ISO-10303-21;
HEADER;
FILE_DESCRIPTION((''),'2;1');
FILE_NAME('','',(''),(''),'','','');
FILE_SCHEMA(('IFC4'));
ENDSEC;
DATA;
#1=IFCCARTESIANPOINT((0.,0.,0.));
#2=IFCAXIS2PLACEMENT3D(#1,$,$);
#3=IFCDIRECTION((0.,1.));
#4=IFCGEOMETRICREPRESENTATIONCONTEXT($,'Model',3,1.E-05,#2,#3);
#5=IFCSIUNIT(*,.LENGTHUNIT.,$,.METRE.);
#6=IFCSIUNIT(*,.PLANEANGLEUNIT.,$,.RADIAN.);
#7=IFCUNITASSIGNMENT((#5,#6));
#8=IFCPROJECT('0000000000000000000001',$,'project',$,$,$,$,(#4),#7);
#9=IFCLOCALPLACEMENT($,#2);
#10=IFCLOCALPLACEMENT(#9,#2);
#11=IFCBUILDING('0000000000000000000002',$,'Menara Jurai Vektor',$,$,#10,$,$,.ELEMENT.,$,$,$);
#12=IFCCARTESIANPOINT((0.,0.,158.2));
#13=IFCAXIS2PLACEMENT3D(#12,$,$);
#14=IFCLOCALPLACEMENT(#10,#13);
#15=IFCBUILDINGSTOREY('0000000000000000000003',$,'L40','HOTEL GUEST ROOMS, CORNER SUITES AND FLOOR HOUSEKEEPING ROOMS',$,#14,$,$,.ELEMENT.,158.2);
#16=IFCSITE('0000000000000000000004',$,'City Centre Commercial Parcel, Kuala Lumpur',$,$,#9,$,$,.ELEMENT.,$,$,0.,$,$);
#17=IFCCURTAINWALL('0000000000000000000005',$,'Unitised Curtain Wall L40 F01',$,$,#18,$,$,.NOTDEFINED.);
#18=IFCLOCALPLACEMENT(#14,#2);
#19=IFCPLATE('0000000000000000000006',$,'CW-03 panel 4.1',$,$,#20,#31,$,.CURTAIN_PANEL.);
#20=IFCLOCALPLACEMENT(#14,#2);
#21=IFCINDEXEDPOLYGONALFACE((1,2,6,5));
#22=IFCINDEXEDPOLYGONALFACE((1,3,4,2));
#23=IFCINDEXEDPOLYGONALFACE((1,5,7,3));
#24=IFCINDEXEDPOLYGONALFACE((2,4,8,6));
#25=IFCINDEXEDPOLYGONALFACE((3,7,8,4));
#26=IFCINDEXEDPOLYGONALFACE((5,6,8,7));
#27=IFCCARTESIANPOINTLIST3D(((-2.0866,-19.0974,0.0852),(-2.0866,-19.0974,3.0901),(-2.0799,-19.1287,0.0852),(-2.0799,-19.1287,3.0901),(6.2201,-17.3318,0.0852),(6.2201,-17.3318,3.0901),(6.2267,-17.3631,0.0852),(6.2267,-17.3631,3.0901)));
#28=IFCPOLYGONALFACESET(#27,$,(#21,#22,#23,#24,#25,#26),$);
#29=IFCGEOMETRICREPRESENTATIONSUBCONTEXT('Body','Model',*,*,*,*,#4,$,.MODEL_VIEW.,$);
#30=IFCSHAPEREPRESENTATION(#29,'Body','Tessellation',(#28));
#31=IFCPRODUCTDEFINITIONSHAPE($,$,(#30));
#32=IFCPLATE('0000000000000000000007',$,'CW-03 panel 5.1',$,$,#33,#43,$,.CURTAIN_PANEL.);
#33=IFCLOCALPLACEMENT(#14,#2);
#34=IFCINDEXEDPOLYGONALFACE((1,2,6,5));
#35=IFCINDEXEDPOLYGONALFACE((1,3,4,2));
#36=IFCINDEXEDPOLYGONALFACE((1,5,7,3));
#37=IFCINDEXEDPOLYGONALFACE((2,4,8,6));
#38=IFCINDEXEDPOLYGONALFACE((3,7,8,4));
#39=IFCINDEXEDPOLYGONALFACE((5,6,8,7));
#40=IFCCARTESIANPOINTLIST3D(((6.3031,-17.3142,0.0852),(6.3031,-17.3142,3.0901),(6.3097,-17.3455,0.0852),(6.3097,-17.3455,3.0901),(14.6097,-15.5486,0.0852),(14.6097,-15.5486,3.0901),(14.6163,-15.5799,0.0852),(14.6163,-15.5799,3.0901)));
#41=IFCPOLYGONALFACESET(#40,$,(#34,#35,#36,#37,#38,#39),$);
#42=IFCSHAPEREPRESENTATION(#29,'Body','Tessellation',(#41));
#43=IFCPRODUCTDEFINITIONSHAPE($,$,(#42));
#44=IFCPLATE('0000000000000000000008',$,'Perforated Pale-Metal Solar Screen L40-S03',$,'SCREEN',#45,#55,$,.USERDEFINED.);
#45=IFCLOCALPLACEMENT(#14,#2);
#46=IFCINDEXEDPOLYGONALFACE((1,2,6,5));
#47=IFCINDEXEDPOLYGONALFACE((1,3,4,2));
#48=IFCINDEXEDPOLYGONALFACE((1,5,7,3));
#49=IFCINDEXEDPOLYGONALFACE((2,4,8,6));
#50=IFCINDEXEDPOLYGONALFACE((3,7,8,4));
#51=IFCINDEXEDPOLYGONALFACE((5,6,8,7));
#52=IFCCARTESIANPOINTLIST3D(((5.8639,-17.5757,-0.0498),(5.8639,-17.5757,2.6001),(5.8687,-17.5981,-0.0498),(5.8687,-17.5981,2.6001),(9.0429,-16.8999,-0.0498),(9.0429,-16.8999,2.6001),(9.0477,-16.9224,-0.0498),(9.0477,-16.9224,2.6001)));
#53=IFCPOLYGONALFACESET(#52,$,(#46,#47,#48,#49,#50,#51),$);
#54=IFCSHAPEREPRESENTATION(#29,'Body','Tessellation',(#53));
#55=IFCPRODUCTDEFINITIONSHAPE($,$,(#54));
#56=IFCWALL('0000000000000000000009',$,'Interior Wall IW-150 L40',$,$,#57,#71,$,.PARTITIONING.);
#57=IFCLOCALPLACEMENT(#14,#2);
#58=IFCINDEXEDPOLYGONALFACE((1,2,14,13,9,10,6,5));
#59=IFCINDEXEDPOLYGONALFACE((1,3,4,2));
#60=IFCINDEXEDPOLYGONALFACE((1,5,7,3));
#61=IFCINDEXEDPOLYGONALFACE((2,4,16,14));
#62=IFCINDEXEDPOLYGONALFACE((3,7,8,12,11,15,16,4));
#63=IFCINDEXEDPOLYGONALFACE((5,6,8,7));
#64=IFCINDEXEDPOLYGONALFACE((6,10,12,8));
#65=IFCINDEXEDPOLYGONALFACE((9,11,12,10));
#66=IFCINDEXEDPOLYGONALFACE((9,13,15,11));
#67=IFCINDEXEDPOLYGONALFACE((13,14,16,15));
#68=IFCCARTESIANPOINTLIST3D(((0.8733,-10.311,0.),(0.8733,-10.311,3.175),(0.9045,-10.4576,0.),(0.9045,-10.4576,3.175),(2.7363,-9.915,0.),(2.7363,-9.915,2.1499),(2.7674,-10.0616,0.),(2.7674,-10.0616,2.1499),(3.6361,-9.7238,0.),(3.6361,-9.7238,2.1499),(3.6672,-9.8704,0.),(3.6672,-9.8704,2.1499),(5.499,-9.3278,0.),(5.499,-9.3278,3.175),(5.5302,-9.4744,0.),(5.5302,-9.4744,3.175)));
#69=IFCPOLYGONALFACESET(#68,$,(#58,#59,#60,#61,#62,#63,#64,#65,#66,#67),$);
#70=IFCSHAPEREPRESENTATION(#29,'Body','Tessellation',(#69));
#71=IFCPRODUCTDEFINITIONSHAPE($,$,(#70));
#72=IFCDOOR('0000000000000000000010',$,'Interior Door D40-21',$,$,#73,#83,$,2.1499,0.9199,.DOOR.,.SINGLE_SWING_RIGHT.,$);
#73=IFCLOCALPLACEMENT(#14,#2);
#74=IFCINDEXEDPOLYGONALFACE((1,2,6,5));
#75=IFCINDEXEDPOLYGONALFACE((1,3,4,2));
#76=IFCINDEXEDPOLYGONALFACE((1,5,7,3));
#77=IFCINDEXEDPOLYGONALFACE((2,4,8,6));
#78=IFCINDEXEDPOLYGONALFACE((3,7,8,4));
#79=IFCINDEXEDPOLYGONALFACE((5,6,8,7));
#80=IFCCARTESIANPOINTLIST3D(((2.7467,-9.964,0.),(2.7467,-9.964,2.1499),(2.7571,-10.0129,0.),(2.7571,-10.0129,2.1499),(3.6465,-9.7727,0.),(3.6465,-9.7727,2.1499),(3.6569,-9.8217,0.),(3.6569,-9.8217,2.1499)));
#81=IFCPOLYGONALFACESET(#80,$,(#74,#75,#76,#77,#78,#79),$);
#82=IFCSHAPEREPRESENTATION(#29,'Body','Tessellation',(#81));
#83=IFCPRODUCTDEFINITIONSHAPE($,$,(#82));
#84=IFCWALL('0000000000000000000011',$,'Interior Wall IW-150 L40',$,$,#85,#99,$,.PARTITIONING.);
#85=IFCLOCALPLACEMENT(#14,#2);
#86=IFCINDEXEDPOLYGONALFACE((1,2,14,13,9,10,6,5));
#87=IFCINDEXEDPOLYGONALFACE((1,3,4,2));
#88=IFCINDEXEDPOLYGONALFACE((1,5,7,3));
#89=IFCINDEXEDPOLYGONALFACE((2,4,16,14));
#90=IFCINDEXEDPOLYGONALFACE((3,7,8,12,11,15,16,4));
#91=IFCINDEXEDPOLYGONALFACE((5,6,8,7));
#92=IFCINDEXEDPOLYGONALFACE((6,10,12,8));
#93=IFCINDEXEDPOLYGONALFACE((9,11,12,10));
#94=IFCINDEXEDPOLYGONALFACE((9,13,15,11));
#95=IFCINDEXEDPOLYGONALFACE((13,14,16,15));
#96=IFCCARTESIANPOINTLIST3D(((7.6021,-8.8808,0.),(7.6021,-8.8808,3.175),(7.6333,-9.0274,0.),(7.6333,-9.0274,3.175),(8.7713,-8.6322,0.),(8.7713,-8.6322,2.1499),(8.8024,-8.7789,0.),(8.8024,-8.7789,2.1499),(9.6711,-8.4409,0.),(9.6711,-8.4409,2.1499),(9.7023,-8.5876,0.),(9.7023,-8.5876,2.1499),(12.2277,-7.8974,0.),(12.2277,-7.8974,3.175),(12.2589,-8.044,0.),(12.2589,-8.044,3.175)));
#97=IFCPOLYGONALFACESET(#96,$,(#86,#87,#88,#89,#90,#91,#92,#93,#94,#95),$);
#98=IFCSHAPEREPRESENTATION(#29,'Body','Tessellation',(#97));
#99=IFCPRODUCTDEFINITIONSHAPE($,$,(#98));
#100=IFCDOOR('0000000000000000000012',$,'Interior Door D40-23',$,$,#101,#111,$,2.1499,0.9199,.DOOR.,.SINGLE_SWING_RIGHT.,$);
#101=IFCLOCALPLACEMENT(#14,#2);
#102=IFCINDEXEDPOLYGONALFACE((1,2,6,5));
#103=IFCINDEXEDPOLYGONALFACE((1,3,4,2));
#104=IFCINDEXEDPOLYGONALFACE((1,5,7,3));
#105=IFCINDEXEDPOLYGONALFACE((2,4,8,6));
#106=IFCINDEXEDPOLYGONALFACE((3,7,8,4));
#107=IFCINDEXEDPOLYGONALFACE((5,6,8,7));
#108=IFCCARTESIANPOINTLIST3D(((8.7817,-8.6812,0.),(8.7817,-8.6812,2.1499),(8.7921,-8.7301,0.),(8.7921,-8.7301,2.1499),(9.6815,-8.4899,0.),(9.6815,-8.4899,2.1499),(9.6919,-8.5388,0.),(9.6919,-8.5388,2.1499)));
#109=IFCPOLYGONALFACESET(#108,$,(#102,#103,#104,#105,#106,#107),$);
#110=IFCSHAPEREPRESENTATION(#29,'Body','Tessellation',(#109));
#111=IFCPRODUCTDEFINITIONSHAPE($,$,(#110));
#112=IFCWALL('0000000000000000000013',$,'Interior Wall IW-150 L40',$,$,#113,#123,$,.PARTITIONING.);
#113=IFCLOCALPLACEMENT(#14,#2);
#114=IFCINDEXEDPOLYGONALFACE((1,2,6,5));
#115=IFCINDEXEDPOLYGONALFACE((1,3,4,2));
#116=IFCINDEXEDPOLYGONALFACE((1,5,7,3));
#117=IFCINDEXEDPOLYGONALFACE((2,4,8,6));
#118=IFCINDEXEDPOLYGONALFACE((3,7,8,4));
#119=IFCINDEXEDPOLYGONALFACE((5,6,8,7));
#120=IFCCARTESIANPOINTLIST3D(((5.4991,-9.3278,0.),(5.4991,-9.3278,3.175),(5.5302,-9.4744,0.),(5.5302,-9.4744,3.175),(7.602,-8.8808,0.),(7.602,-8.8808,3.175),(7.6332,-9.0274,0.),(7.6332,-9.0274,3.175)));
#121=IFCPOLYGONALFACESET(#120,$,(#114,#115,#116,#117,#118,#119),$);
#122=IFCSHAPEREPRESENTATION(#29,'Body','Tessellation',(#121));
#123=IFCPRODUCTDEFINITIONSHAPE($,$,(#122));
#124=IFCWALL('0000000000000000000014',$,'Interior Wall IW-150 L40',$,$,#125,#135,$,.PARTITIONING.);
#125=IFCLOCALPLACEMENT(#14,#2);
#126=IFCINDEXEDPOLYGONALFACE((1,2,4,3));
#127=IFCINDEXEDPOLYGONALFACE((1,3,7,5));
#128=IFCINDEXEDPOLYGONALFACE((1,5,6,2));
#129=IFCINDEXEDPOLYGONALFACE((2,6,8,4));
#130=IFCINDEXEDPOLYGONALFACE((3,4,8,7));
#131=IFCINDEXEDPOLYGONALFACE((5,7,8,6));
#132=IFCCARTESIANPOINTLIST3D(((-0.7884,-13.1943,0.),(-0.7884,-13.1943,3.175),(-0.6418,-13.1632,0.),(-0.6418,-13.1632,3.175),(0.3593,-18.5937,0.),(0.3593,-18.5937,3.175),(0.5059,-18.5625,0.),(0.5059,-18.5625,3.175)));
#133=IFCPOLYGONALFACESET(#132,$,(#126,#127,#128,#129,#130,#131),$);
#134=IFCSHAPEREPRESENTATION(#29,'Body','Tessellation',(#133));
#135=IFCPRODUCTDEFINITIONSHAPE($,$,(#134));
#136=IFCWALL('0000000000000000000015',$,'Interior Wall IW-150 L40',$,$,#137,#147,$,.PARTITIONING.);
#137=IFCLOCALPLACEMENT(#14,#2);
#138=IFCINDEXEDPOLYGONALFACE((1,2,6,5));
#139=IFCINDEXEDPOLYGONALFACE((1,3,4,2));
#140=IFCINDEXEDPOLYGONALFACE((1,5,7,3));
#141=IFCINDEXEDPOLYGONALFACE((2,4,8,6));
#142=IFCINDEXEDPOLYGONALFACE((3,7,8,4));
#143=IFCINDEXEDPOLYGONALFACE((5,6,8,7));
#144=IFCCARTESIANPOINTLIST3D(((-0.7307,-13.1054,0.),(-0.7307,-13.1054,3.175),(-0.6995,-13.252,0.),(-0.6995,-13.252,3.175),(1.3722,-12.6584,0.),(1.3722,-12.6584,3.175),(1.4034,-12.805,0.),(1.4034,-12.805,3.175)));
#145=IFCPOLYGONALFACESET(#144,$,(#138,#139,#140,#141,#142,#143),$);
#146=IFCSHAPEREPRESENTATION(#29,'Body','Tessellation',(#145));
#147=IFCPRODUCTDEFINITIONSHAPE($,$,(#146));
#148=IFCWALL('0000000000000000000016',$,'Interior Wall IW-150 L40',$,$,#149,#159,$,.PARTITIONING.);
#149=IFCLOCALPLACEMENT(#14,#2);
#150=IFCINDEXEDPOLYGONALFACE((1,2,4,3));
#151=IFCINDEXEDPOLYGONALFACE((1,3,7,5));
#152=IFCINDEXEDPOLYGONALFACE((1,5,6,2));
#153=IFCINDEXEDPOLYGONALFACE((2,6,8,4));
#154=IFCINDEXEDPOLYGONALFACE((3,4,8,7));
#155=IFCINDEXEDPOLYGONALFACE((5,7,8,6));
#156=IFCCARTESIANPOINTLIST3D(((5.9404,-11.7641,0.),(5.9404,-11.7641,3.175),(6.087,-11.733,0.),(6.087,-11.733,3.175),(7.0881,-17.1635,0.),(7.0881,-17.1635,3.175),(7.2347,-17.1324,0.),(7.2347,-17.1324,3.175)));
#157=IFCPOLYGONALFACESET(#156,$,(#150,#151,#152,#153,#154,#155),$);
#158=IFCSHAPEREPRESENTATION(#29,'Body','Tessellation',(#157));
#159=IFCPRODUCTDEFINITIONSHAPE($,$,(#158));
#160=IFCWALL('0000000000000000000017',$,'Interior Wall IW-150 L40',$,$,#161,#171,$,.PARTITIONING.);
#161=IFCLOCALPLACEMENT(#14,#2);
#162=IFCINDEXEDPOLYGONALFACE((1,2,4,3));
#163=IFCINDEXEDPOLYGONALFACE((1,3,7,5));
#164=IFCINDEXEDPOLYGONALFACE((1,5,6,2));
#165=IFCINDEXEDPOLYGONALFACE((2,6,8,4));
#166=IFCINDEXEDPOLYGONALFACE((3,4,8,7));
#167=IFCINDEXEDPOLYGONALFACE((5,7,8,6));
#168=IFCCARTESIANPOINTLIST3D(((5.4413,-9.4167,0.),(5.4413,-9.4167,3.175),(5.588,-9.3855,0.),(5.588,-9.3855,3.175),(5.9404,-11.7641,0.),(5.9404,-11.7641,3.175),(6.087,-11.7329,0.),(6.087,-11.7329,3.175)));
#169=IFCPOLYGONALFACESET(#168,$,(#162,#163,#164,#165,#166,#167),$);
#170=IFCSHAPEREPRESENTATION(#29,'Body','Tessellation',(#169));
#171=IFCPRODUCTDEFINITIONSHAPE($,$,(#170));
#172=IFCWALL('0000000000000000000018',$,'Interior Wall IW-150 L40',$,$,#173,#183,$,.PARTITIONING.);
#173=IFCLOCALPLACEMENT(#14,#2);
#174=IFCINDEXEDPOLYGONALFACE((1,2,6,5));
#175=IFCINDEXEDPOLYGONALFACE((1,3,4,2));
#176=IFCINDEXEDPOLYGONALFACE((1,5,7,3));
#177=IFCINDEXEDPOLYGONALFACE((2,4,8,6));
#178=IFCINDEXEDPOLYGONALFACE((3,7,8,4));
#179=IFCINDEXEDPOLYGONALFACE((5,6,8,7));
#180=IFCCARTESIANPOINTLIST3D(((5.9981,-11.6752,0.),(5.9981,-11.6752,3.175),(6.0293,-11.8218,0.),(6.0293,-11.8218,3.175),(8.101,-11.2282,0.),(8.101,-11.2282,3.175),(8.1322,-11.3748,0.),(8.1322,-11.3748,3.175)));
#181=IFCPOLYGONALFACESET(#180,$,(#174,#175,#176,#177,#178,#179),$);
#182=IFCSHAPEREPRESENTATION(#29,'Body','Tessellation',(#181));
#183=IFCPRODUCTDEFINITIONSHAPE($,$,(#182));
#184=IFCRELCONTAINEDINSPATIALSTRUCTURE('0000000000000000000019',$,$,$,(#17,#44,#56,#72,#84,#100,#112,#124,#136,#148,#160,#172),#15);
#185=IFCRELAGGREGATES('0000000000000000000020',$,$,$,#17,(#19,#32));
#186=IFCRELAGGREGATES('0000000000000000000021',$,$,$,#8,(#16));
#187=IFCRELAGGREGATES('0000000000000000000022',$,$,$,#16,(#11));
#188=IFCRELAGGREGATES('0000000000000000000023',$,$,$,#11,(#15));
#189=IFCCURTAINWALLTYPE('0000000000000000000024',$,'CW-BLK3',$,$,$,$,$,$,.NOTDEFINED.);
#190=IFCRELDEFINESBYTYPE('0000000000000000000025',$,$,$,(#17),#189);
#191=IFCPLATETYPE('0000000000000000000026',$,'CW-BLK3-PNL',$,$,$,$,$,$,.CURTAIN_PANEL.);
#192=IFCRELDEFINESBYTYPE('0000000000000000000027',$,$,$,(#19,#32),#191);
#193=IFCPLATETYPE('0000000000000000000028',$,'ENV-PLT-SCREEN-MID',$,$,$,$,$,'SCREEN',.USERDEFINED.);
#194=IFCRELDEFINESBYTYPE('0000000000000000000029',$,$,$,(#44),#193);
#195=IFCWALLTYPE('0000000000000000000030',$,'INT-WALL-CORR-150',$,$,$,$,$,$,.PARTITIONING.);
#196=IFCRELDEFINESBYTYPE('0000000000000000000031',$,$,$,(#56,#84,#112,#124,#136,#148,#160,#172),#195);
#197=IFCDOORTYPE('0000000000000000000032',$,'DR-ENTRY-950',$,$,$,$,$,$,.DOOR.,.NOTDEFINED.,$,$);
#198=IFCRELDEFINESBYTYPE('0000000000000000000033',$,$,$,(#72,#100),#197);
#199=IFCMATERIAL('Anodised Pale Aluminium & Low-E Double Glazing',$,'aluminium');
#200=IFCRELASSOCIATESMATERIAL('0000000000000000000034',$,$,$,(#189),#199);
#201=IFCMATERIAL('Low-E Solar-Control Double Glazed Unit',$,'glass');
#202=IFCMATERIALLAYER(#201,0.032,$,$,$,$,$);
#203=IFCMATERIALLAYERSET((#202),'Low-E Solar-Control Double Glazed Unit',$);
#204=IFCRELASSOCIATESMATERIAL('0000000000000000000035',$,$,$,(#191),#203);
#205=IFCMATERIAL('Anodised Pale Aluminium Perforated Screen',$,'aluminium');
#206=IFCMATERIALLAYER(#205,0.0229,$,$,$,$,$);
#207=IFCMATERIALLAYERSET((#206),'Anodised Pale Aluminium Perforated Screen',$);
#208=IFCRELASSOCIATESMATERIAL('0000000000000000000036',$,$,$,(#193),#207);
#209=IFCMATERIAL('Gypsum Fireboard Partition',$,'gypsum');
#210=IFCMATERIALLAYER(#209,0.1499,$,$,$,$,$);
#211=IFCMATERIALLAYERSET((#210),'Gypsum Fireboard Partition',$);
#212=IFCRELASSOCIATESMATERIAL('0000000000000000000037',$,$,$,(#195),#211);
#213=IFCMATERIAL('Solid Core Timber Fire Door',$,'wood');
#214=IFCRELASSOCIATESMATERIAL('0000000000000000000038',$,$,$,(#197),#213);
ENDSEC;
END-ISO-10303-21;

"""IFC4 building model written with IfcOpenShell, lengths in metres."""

from ifc_helpers import new_model, si_unit, direction, frame, frame_2d, origin, origin_2d, place, context, subcontext, project, spatial, rectangle, extrude, material, layer, layer_set, type_object, element, fill, aggregate, save


model = new_model("IFC4")

# Units and contexts
model_context = context("Model", 3, precision=1e-05, world=origin(), true_north=direction((0.0, 1.0)))
body_context = subcontext(model_context, "Body", "Model", "MODEL_VIEW")
ifc_project = project(units=[si_unit("LENGTHUNIT", "METRE"), si_unit("PLANEANGLEUNIT", "RADIAN")], contexts=[model_context])

# Site, building, storey
site_placement = place(None, origin())
site = spatial("IfcSite", under=ifc_project, at=site_placement, Name="City Centre Commercial Parcel, Kuala Lumpur", CompositionType="ELEMENT", RefElevation=0.0)
building_placement = place(site_placement, origin())
building = spatial("IfcBuilding", under=site, at=building_placement, Name="Menara Jurai Vektor", CompositionType="ELEMENT")
storey_placement = place(building_placement, frame((0.0, 0.0, 158.2)))
storey = spatial("IfcBuildingStorey", under=building, at=storey_placement, Name="L40", Description="HOTEL GUEST ROOMS, CORNER SUITES AND FLOOR HOUSEKEEPING ROOMS", CompositionType="ELEMENT", Elevation=158.2)

# Curtain wall
ifc_material_1 = material(Name="Anodised Pale Aluminium & Low-E Double Glazing", Category="aluminium")
curtain_wall_type = type_object("IfcCurtainWallType", Name="CW-BLK3", PredefinedType="NOTDEFINED", material=ifc_material_1)
curtain_wall_placement = place(storey_placement, origin())
curtain_wall = element("IfcCurtainWall", 1, at=curtain_wall_placement, inside=storey, type_object=curtain_wall_type, Name="Unitised Curtain Wall L40 F01", PredefinedType="NOTDEFINED")

# Plates
ifc_material_2 = material(Name="Low-E Solar-Control Double Glazed Unit", Category="glass")
ifc_layer_1 = layer(ifc_material_2, 0.032)
ifc_layer_set_1 = layer_set([ifc_layer_1], Name="Low-E Solar-Control Double Glazed Unit")
plate_type_1 = type_object("IfcPlateType", Name="CW-BLK3-PNL", PredefinedType="CURTAIN_PANEL", material=ifc_layer_set_1)
plate_1_placement = place(storey_placement, frame((2.0701, -18.2302, 0.0852), z_axis=(0.0, 0.0, 1.0), x_axis=(0.978148, 0.207911, 0.0)))
plate_1 = element("IfcPlate", 2, at=plate_1_placement, type_object=plate_type_1, Name="CW-03 panel 4.1", PredefinedType="CURTAIN_PANEL", context=body_context, shape_type="SweptSolid", body=[
    extrude(rectangle(XDim=8.4922, YDim=0.032, at=origin_2d()), origin(), (0.0, 0.0, 1.0), 3.0049),
])
plate_2_placement = place(storey_placement, frame((10.4597, -16.447, 0.0852), z_axis=(0.0, 0.0, 1.0), x_axis=(0.978148, 0.207911, 0.0)))
plate_2 = element("IfcPlate", 3, at=plate_2_placement, type_object=plate_type_1, Name="CW-03 panel 5.1", PredefinedType="CURTAIN_PANEL", context=body_context, shape_type="SweptSolid", body=[
    extrude(rectangle(XDim=8.4922, YDim=0.032, at=origin_2d()), origin(), (0.0, 0.0, 1.0), 3.0049),
])
aggregate(curtain_wall, [plate_1, plate_2])
ifc_material_3 = material(Name="Anodised Pale Aluminium Perforated Screen", Category="aluminium")
ifc_layer_2 = layer(ifc_material_3, 0.0229)
ifc_layer_set_2 = layer_set([ifc_layer_2], Name="Anodised Pale Aluminium Perforated Screen")
plate_type_2 = type_object("IfcPlateType", Name="ENV-PLT-SCREEN-MID", ElementType="SCREEN", PredefinedType="USERDEFINED", material=ifc_layer_set_2)
plate_3_placement = place(storey_placement, frame((7.4558, -17.249, -0.0498), z_axis=(0.0, 0.0, 1.0), x_axis=(0.978148, 0.207912, 0.0)))
element("IfcPlate", 4, at=plate_3_placement, inside=storey, type_object=plate_type_2, Name="Perforated Pale-Metal Solar Screen L40-S03", ObjectType="SCREEN", PredefinedType="USERDEFINED", context=body_context, shape_type="SweptSolid", body=[
    extrude(rectangle(XDim=3.25, YDim=0.0229, at=origin_2d()), origin(), (0.0, 0.0, 1.0), 2.6499),
])

# Walls, openings, doors
ifc_material_4 = material(Name="Gypsum Fireboard Partition", Category="gypsum")
ifc_layer_3 = layer(ifc_material_4, 0.1499)
ifc_layer_set_3 = layer_set([ifc_layer_3], Name="Gypsum Fireboard Partition")
wall_type_1 = type_object("IfcWallType", Name="INT-WALL-CORR-150", PredefinedType="PARTITIONING", material=ifc_layer_set_3)
wall_1_placement = place(storey_placement, frame((0.8889, -10.3843, 0.0), z_axis=(0.0, 0.0, 1.0), x_axis=(0.978151, 0.207896, 0.0)))
wall_1 = element("IfcWall", 5, at=wall_1_placement, inside=storey, type_object=wall_type_1, Name="Interior Wall IW-150 L40", PredefinedType="PARTITIONING", context=body_context, shape_type="SweptSolid", body=[
    extrude(rectangle(XDim=4.729, YDim=0.1499, at=frame_2d((2.3645, 0.0))), origin(), (0.0, 0.0, 1.0), 3.175),
])
opening_1_placement = place(wall_1_placement, frame((1.9045, 0.0, 0.0)))
opening_1 = element("IfcOpeningElement", 6, at=opening_1_placement, cuts=wall_1, PredefinedType="OPENING", context=body_context, shape_type="SweptSolid", body=[
    extrude(rectangle(XDim=0.9199, YDim=2.1499, at=frame_2d((0.46, 1.075))), frame((0.0, 0.085, 0.0), z_axis=(0.0, -1.0, 0.0), x_axis=(1.0, 0.0, 0.0)), (0.0, 0.0, 1.0), 0.1699),
])
ifc_material_5 = material(Name="Solid Core Timber Fire Door", Category="wood")
door_type_1 = type_object("IfcDoorType", Name="DR-ENTRY-950", OperationType="NOTDEFINED", PredefinedType="DOOR", material=ifc_material_5)
door_1_placement = place(opening_1_placement, origin())
door_1 = element("IfcDoor", 7, at=door_1_placement, inside=storey, type_object=door_type_1, Name="Interior Door D40-21", OperationType="SINGLE_SWING_RIGHT", OverallHeight=2.1499, OverallWidth=0.9199, PredefinedType="DOOR", context=body_context, shape_type="SweptSolid", body=[
    extrude(rectangle(XDim=0.9199, YDim=2.1499, at=frame_2d((0.46, 1.075))), frame((0.0, 0.0249, 0.0), z_axis=(0.0, -1.0, 0.0), x_axis=(1.0, 0.0, 0.0)), (0.0, 0.0, 1.0), 0.05),
])
fill(opening_1, door_1)
wall_2_placement = place(storey_placement, frame((7.6177, -8.9541, 0.0), z_axis=(0.0, 0.0, 1.0), x_axis=(0.97814, 0.207946, 0.0)))
wall_2 = element("IfcWall", 8, at=wall_2_placement, inside=storey, type_object=wall_type_1, Name="Interior Wall IW-150 L40", PredefinedType="PARTITIONING", context=body_context, shape_type="SweptSolid", body=[
    extrude(rectangle(XDim=4.729, YDim=0.1499, at=frame_2d((2.3645, 0.0))), origin(), (0.0, 0.0, 1.0), 3.175),
])
opening_2_placement = place(wall_2_placement, frame((1.1953, 0.0, 0.0)))
opening_2 = element("IfcOpeningElement", 9, at=opening_2_placement, cuts=wall_2, PredefinedType="OPENING", context=body_context, shape_type="SweptSolid", body=[
    extrude(rectangle(XDim=0.9199, YDim=2.1499, at=frame_2d((0.46, 1.075))), frame((0.0, 0.085, 0.0), z_axis=(0.0, -1.0, 0.0), x_axis=(1.0, 0.0, 0.0)), (0.0, 0.0, 1.0), 0.1699),
])
door_2_placement = place(opening_2_placement, origin())
door_2 = element("IfcDoor", 10, at=door_2_placement, inside=storey, type_object=door_type_1, Name="Interior Door D40-23", OperationType="SINGLE_SWING_RIGHT", OverallHeight=2.1499, OverallWidth=0.9199, PredefinedType="DOOR", context=body_context, shape_type="SweptSolid", body=[
    extrude(rectangle(XDim=0.9199, YDim=2.1499, at=frame_2d((0.46, 1.075))), frame((0.0, 0.0249, 0.0), z_axis=(0.0, -1.0, 0.0), x_axis=(1.0, 0.0, 0.0)), (0.0, 0.0, 1.0), 0.05),
])
fill(opening_2, door_2)

# Walls
wall_3_placement = place(storey_placement, frame((5.5146, -9.4011, 0.0), z_axis=(0.0, 0.0, 1.0), x_axis=(0.978147, 0.207916, 0.0)))
element("IfcWall", 11, at=wall_3_placement, inside=storey, type_object=wall_type_1, Name="Interior Wall IW-150 L40", PredefinedType="PARTITIONING", context=body_context, shape_type="SweptSolid", body=[
    extrude(rectangle(XDim=2.1499, YDim=0.1499, at=frame_2d((1.075, 0.0))), origin(), (0.0, 0.0, 1.0), 3.175),
])
wall_4_placement = place(storey_placement, frame((0.4326, -18.5781, 0.0), z_axis=(0.0, 0.0, 1.0), x_axis=(-0.207916, 0.978147, 0.0)))
element("IfcWall", 12, at=wall_4_placement, inside=storey, type_object=wall_type_1, Name="Interior Wall IW-150 L40", PredefinedType="PARTITIONING", context=body_context, shape_type="SweptSolid", body=[
    extrude(rectangle(XDim=5.52, YDim=0.1499, at=frame_2d((2.76, 0.0))), origin(), (0.0, 0.0, 1.0), 3.175),
])
wall_5_placement = place(storey_placement, frame((-0.7151, -13.1787, 0.0), z_axis=(0.0, 0.0, 1.0), x_axis=(0.978147, 0.207916, 0.0)))
element("IfcWall", 13, at=wall_5_placement, inside=storey, type_object=wall_type_1, Name="Interior Wall IW-150 L40", PredefinedType="PARTITIONING", context=body_context, shape_type="SweptSolid", body=[
    extrude(rectangle(XDim=2.1499, YDim=0.1499, at=frame_2d((1.075, 0.0))), origin(), (0.0, 0.0, 1.0), 3.175),
])

# Walls
wall_6_placement = place(storey_placement, frame((7.1614, -17.1479, 0.0), z_axis=(0.0, 0.0, 1.0), x_axis=(-0.207916, 0.978147, 0.0)))
element("IfcWall", 14, at=wall_6_placement, inside=storey, type_object=wall_type_1, Name="Interior Wall IW-150 L40", PredefinedType="PARTITIONING", context=body_context, shape_type="SweptSolid", body=[
    extrude(rectangle(XDim=5.52, YDim=0.1499, at=frame_2d((2.76, 0.0))), origin(), (0.0, 0.0, 1.0), 3.175),
])
wall_7_placement = place(storey_placement, frame((6.0137, -11.7485, 0.0), z_axis=(0.0, 0.0, 1.0), x_axis=(-0.207938, 0.978142, 0.0)))
element("IfcWall", 15, at=wall_7_placement, inside=storey, type_object=wall_type_1, Name="Interior Wall IW-150 L40", PredefinedType="PARTITIONING", context=body_context, shape_type="SweptSolid", body=[
    extrude(rectangle(XDim=2.3999, YDim=0.1499, at=frame_2d((1.2, 0.0))), origin(), (0.0, 0.0, 1.0), 3.175),
])
wall_8_placement = place(storey_placement, frame((6.0137, -11.7485, 0.0), z_axis=(0.0, 0.0, 1.0), x_axis=(0.978147, 0.207916, 0.0)))
element("IfcWall", 16, at=wall_8_placement, inside=storey, type_object=wall_type_1, Name="Interior Wall IW-150 L40", PredefinedType="PARTITIONING", context=body_context, shape_type="SweptSolid", body=[
    extrude(rectangle(XDim=2.1499, YDim=0.1499, at=frame_2d((1.075, 0.0))), origin(), (0.0, 0.0, 1.0), 3.175),
])

save(model, "model.ifc")
